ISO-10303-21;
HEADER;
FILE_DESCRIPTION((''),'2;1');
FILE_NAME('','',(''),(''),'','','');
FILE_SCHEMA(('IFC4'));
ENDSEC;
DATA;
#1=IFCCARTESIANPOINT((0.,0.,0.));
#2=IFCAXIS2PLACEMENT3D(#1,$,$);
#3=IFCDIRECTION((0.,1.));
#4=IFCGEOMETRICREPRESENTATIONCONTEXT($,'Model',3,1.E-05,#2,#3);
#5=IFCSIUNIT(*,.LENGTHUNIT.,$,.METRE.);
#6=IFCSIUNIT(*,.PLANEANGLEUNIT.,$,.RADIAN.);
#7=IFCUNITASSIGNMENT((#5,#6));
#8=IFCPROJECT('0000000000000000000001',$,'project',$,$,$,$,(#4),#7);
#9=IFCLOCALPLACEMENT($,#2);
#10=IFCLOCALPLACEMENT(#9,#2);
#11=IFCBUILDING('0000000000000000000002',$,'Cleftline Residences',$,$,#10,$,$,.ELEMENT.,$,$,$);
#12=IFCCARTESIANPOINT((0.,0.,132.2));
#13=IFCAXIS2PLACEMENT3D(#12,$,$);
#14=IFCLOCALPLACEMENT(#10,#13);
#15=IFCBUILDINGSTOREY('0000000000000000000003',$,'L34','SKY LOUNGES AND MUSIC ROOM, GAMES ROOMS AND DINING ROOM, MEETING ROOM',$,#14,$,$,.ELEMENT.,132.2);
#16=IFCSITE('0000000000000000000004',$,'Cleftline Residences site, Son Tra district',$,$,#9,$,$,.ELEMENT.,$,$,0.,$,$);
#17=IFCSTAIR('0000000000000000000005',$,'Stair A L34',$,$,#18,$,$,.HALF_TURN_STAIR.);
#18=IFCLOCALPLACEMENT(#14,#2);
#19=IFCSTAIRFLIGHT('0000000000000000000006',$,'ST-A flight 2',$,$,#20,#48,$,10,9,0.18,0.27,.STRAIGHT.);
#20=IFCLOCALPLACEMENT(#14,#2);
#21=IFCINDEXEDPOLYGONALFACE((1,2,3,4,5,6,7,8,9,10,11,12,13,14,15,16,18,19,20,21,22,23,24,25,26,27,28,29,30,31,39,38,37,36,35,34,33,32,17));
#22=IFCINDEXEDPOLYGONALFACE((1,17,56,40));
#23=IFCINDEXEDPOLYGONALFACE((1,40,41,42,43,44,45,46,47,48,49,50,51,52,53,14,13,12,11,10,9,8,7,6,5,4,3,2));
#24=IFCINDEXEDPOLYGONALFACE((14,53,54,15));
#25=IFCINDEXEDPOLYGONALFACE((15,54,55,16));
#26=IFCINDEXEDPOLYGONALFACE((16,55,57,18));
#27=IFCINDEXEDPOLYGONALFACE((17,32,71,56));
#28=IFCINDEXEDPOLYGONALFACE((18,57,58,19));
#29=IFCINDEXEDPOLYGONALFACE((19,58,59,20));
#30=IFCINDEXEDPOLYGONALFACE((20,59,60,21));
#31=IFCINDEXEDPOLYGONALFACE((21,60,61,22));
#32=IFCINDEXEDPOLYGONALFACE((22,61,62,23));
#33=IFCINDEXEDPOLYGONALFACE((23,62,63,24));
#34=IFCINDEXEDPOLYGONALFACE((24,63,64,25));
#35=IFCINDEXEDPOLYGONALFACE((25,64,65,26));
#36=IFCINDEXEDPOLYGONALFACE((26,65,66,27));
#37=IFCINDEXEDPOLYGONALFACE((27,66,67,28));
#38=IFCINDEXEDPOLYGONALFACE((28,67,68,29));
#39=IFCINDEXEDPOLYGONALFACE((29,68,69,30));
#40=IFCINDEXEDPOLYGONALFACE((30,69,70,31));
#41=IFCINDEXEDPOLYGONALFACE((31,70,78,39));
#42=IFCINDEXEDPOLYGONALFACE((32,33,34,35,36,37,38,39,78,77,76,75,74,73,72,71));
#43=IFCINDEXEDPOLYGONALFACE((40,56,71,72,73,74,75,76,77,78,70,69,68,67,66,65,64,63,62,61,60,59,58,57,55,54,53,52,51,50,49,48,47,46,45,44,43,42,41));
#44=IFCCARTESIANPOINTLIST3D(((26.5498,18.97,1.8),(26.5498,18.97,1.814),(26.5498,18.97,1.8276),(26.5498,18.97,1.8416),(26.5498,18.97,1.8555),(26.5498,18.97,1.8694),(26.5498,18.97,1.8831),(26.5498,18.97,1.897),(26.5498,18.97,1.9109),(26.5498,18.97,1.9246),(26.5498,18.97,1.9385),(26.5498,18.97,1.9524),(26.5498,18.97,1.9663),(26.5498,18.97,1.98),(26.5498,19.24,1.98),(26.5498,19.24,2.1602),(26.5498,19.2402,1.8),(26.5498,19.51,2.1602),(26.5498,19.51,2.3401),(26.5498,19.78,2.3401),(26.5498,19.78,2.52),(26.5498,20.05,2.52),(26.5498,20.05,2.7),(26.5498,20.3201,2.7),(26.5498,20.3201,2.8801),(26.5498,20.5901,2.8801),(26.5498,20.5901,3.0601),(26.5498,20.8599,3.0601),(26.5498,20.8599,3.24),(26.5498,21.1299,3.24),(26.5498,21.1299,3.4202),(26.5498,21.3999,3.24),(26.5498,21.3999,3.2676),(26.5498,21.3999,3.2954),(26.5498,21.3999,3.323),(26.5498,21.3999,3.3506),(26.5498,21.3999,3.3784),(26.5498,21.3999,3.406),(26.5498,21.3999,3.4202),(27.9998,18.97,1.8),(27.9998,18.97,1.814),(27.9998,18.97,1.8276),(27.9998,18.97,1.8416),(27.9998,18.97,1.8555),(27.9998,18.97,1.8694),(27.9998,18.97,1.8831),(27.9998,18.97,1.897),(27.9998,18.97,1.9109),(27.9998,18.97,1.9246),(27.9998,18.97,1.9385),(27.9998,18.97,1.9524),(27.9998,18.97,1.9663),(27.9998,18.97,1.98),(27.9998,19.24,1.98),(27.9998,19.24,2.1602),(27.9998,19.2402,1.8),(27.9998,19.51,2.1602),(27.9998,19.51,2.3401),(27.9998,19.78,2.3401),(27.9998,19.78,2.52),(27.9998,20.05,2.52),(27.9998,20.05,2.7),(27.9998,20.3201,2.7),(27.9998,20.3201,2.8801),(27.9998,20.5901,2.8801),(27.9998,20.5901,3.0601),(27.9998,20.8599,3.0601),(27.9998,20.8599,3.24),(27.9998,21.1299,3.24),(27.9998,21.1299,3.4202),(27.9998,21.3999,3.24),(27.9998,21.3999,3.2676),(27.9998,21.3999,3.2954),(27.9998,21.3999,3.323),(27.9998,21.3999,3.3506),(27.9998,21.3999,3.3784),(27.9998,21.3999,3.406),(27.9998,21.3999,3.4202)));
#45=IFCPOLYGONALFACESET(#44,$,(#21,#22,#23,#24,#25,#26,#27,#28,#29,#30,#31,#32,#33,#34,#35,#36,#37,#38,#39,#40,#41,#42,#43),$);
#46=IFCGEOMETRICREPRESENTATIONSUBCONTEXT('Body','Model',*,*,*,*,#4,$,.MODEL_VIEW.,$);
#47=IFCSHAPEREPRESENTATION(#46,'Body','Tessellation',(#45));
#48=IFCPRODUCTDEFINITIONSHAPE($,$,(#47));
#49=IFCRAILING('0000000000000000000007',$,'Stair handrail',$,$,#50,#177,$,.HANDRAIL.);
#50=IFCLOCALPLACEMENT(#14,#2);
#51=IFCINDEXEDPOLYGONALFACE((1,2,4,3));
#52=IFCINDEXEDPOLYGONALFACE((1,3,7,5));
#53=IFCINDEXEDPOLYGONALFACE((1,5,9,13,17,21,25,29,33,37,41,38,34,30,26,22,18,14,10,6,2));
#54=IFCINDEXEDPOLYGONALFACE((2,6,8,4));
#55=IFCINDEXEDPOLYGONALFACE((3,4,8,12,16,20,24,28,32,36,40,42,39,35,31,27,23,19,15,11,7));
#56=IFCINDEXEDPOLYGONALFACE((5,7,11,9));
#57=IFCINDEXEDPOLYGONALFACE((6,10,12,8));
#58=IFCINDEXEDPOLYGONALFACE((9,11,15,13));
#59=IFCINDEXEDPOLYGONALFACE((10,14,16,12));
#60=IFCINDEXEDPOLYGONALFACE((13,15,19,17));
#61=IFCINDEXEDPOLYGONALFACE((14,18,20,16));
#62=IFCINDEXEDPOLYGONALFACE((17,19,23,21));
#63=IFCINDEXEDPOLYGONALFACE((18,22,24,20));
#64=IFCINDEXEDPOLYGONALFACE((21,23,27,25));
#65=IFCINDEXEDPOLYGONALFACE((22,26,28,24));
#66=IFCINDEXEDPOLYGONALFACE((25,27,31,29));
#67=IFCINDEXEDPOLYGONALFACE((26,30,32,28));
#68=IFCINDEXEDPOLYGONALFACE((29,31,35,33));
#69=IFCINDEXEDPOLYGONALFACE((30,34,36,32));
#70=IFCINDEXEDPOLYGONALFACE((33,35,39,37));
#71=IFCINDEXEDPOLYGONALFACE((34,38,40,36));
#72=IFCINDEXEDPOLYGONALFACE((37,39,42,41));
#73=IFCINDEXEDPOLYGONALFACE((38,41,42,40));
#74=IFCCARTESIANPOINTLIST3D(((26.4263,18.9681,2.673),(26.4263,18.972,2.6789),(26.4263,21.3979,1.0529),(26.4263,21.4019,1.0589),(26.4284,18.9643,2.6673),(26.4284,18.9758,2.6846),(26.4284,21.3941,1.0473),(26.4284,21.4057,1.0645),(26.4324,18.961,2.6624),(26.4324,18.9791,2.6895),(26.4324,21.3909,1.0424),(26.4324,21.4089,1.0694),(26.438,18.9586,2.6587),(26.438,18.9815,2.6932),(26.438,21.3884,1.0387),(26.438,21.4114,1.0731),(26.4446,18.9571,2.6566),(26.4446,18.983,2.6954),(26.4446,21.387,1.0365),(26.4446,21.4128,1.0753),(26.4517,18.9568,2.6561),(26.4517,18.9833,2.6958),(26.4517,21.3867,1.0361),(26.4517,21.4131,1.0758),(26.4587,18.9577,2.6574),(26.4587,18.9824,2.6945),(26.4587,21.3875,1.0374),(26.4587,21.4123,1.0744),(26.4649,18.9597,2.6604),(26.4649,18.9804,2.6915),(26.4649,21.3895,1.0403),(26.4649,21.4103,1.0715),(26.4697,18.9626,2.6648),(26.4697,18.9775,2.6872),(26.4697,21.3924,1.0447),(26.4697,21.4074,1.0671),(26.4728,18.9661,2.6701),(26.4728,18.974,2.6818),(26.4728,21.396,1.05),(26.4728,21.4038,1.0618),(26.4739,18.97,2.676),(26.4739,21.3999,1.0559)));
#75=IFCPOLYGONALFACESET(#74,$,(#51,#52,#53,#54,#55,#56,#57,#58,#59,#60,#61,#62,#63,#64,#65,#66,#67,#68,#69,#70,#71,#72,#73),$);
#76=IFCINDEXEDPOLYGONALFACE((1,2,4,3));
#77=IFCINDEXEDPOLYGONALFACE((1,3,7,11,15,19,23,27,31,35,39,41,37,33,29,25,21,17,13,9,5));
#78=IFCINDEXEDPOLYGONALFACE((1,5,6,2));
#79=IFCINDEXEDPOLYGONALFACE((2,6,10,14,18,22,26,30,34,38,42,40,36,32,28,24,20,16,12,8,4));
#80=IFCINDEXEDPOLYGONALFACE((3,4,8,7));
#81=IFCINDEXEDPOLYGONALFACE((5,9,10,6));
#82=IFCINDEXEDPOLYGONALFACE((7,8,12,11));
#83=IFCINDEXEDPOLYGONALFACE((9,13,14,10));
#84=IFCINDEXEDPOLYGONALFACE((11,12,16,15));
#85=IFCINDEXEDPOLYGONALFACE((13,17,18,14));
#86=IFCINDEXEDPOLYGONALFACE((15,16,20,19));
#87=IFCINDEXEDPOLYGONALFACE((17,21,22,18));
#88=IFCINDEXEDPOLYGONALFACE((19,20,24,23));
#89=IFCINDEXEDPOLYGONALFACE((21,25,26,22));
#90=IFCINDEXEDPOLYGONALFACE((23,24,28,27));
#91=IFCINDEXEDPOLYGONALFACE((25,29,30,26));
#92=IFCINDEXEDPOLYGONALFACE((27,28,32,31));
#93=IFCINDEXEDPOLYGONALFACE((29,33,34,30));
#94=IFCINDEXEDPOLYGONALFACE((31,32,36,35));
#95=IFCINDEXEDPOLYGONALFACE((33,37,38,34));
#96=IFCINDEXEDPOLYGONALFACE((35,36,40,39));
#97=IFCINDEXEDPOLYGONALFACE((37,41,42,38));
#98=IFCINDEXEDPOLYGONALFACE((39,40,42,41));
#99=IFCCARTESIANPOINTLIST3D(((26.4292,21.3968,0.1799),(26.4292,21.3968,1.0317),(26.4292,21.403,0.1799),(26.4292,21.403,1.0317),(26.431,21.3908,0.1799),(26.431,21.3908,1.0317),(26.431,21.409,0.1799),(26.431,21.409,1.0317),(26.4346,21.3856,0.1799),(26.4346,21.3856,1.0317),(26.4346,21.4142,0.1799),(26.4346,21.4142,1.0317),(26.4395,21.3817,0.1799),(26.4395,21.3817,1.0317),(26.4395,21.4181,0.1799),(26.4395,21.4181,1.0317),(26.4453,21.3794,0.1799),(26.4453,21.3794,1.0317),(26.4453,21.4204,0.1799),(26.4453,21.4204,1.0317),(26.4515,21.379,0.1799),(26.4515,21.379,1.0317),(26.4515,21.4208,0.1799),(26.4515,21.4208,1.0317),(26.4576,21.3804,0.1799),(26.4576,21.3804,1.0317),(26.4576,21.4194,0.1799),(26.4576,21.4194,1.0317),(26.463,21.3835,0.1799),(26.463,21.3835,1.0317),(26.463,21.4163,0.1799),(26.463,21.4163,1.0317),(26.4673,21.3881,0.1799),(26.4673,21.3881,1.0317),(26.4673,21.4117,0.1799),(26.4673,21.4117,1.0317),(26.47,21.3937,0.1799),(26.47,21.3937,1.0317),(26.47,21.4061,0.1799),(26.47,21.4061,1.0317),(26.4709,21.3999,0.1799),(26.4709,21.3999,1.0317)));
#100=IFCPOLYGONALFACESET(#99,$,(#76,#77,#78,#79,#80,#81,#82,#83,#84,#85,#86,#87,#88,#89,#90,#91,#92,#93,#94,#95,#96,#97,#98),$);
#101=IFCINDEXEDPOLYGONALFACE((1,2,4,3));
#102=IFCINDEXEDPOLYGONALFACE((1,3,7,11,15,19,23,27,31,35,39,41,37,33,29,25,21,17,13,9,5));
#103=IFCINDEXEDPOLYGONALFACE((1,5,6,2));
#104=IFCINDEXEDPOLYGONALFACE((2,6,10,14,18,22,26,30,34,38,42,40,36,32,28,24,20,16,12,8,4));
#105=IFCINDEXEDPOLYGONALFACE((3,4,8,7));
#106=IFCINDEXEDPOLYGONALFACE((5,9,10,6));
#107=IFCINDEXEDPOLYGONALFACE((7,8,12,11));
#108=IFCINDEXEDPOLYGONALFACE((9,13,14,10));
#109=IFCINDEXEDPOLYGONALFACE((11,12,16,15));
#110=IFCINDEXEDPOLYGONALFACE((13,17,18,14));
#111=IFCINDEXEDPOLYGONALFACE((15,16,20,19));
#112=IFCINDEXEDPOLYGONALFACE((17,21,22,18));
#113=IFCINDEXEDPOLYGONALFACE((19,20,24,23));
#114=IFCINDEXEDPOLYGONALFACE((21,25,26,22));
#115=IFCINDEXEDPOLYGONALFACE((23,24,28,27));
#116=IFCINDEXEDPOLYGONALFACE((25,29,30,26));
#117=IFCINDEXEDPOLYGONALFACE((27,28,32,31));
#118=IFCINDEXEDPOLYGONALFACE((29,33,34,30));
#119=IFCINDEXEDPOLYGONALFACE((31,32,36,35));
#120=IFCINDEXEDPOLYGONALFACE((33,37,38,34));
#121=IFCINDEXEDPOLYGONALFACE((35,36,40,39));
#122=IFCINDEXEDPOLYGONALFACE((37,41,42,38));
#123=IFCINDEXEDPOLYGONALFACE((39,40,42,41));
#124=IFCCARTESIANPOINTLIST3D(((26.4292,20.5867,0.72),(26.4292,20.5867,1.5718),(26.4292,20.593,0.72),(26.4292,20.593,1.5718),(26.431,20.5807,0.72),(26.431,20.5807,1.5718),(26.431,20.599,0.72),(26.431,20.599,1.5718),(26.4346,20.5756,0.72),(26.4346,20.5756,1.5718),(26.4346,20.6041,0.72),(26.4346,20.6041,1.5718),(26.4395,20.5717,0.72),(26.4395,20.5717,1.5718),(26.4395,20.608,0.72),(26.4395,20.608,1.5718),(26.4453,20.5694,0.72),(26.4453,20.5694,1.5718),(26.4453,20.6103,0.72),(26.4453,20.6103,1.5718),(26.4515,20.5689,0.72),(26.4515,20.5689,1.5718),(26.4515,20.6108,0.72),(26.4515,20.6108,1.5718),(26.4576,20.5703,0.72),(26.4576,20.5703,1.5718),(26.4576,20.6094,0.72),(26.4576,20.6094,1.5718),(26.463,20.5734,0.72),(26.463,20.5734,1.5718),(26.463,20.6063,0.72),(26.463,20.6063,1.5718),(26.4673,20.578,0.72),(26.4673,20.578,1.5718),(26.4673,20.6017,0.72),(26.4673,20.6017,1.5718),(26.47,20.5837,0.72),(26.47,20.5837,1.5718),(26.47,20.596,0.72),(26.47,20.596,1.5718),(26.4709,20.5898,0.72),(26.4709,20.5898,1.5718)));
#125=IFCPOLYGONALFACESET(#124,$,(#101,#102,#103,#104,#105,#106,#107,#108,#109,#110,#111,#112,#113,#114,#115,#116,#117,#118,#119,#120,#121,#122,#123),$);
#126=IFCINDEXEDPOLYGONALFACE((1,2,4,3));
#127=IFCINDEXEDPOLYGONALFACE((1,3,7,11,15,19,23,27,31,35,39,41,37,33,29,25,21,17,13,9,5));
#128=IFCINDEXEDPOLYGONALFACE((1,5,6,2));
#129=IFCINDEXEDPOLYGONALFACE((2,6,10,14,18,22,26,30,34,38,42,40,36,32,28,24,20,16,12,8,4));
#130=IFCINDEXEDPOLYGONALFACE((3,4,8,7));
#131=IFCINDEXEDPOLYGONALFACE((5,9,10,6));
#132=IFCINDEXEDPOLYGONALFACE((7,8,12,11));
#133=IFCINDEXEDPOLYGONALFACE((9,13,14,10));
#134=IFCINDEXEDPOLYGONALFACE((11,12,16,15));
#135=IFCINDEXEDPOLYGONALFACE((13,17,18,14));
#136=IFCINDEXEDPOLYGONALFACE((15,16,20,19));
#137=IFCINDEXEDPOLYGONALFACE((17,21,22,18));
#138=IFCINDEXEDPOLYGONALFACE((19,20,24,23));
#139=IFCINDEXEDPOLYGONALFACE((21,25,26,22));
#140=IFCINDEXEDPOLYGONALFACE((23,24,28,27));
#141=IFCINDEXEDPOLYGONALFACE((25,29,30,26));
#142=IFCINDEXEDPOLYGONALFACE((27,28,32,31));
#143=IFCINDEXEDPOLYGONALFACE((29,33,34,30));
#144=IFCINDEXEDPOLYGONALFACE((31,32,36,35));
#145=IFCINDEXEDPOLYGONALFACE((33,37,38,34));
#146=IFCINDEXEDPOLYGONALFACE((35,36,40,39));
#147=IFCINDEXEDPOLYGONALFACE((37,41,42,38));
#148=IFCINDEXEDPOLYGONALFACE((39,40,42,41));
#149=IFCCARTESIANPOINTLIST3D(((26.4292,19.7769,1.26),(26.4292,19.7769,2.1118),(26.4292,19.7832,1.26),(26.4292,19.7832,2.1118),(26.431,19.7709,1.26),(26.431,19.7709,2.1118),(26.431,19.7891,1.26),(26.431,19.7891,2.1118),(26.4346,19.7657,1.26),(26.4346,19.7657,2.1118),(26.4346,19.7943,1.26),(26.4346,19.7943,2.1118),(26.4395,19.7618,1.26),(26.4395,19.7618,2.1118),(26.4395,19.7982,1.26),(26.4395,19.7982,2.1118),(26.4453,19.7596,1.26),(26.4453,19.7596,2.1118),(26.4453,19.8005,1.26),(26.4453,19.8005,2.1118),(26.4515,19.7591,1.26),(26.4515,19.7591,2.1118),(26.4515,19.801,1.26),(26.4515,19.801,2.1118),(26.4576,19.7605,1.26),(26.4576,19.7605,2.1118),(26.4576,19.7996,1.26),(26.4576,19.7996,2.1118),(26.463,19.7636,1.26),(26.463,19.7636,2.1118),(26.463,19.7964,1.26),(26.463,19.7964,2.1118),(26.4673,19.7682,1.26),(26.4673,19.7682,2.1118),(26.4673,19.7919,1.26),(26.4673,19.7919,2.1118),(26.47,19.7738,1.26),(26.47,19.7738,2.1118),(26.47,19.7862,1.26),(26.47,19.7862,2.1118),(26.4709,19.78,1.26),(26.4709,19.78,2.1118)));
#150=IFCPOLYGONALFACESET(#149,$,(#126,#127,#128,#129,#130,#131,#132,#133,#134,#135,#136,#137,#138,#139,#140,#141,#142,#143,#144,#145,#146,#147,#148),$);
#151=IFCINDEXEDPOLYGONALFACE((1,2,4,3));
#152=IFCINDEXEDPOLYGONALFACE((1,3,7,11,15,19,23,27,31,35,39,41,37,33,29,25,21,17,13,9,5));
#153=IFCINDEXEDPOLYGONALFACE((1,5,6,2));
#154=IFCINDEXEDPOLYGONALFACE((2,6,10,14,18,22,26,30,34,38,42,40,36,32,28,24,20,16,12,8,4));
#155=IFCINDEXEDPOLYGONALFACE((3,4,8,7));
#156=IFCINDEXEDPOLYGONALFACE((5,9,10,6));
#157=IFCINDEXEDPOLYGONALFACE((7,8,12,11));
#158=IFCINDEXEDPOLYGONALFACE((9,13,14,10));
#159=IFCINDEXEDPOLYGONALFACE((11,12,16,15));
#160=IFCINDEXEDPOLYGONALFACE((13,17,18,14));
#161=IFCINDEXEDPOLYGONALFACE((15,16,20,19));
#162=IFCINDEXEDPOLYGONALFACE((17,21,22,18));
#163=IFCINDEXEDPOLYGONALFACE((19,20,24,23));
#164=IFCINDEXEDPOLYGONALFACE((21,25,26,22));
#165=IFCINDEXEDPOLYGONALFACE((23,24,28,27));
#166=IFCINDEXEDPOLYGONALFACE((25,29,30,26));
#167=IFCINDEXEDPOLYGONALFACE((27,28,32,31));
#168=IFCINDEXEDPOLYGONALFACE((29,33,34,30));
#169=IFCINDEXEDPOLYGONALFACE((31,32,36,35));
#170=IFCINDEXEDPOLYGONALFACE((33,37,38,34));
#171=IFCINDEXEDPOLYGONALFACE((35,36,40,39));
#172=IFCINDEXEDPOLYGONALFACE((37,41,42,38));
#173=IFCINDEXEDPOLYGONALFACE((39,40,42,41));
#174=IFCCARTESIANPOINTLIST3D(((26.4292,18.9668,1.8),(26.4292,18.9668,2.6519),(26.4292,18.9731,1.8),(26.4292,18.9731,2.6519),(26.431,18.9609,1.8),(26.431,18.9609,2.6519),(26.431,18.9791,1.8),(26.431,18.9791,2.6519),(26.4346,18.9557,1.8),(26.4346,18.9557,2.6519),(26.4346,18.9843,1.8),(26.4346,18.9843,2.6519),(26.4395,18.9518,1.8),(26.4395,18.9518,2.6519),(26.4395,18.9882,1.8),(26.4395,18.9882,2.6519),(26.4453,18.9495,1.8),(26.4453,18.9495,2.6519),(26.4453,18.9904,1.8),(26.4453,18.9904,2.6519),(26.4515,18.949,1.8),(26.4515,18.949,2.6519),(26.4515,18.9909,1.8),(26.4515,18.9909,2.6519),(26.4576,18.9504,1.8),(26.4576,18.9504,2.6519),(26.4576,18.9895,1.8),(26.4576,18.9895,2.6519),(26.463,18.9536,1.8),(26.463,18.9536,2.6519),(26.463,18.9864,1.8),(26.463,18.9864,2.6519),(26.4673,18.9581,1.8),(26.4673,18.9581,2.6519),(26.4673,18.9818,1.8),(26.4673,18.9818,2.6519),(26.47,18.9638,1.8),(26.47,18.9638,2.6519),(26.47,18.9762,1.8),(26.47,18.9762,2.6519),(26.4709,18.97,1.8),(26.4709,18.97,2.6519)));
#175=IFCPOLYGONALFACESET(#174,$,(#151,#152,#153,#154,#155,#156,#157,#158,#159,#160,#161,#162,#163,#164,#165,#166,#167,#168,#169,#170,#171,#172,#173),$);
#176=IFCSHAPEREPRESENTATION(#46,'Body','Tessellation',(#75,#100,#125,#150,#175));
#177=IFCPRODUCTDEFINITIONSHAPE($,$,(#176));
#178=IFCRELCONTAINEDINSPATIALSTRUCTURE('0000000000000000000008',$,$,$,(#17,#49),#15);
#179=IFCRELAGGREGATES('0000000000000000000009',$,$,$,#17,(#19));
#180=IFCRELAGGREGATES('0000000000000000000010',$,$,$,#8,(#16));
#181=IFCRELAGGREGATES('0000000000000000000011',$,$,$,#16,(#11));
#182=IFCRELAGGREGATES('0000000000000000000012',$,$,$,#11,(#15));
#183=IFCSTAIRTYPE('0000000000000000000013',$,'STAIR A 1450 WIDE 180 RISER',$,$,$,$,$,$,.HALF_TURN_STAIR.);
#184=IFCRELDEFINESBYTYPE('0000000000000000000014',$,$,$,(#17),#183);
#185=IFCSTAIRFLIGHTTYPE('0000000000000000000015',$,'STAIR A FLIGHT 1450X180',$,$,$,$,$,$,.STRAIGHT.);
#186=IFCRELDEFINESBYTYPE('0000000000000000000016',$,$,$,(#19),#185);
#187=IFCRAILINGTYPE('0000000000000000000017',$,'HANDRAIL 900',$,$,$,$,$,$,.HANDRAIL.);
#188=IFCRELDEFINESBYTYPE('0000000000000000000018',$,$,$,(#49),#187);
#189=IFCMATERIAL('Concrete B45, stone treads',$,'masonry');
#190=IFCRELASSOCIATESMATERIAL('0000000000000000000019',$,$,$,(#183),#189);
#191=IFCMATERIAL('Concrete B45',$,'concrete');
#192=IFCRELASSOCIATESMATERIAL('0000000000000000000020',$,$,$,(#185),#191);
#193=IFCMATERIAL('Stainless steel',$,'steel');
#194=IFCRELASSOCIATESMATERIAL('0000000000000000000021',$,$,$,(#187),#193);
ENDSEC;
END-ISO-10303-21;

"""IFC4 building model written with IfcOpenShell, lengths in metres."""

from ifc_helpers import new_model, si_unit, direction, frame, origin, origin_2d, place, context, subcontext, project, spatial, polyline, circle, outline, extrude, material, type_object, element, aggregate, save


model = new_model("IFC4")

# Units and contexts
model_context = context("Model", 3, precision=1e-05, world=origin(), true_north=direction((0.0, 1.0)))
body_context = subcontext(model_context, "Body", "Model", "MODEL_VIEW")
ifc_project = project(units=[si_unit("LENGTHUNIT", "METRE"), si_unit("PLANEANGLEUNIT", "RADIAN")], contexts=[model_context])

# Site, building, storey
site_placement = place(None, origin())
site = spatial("IfcSite", under=ifc_project, at=site_placement, Name="Cleftline Residences site, Son Tra district", CompositionType="ELEMENT", RefElevation=0.0)
building_placement = place(site_placement, origin())
building = spatial("IfcBuilding", under=site, at=building_placement, Name="Cleftline Residences", CompositionType="ELEMENT")
storey_placement = place(building_placement, frame((0.0, 0.0, 132.2)))
storey = spatial("IfcBuildingStorey", under=building, at=storey_placement, Name="L34", Description="SKY LOUNGES AND MUSIC ROOM, GAMES ROOMS AND DINING ROOM, MEETING ROOM", CompositionType="ELEMENT", Elevation=132.2)

# Stair, stair flight
ifc_material_1 = material(Name="Concrete B45, stone treads", Category="masonry")
stair_type = type_object("IfcStairType", Name="STAIR A 1450 WIDE 180 RISER", PredefinedType="HALF_TURN_STAIR", material=ifc_material_1)
stair_placement = place(storey_placement, origin())
stair = element("IfcStair", 1, at=stair_placement, inside=storey, type_object=stair_type, Name="Stair A L34", PredefinedType="HALF_TURN_STAIR")
ifc_material_2 = material(Name="Concrete B45", Category="concrete")
stair_flight_type = type_object("IfcStairFlightType", Name="STAIR A FLIGHT 1450X180", PredefinedType="STRAIGHT", material=ifc_material_2)
stair_flight_1_placement = place(storey_placement, frame((27.2749, 18.97, 1.8), z_axis=(0.0, 0.0, 1.0), x_axis=(0.0, 1.0, 0.0)))
stair_flight_1 = element("IfcStairFlight", 2, at=stair_flight_1_placement, type_object=stair_flight_type, Name="ST-A flight 2", NumberOfRisers=10, NumberOfTreads=9, PredefinedType="STRAIGHT", RiserHeight=0.18, TreadLength=0.27, context=body_context, shape_type="SweptSolid", body=[
    extrude(outline(polyline([(0.0, 0.0), (0.0, 0.0139), (0.0, 0.0276), (0.0, 0.0415), (0.0, 0.0554), (0.0, 0.0693), (0.0, 0.083), (0.0, 0.0969), (0.0, 0.1108), (0.0, 0.1245), (0.0, 0.1384), (0.0, 0.1523), (0.0, 0.1663), (0.0, 0.1799), (0.27, 0.1799), (0.27, 0.3601), (0.54, 0.3601), (0.54, 0.54), (0.8101, 0.54), (0.8101, 0.72), (1.0801, 0.72), (1.0801, 0.8999), (1.3501, 0.8999), (1.3501, 1.0801), (1.6201, 1.0801), (1.6201, 1.26), (1.8899, 1.26), (1.8899, 1.4399), (2.1599, 1.4399), (2.1599, 1.6201), (2.4299, 1.6201), (2.4299, 1.8), (2.4299, 1.7722), (2.4299, 1.7446), (2.4299, 1.7168), (2.4299, 1.6892), (2.4299, 1.6614), (2.4299, 1.6338), (2.4299, 1.606), (2.4299, 1.5784), (2.4299, 1.5505), (2.4299, 1.5229), (2.4299, 1.4954), (2.4299, 1.4675), (2.4299, 1.4399), (0.2703, 0.0), (0.0, 0.0)])), frame((0.0, 0.7251, 0.0), z_axis=(0.0, -1.0, 0.0), x_axis=(1.0, 0.0, 0.0)), (0.0, 0.0, 1.0), 1.45),
])
aggregate(stair, [stair_flight_1])

# Railing
ifc_material_3 = material(Name="Stainless steel", Category="steel")
railing_type = type_object("IfcRailingType", Name="HANDRAIL 900", PredefinedType="HANDRAIL", material=ifc_material_3)
railing_1_placement = place(storey_placement, frame((26.45, 21.3999, 0.1799)))
element("IfcRailing", 3, at=railing_1_placement, inside=storey, type_object=railing_type, Name="Stair handrail", PredefinedType="HANDRAIL", context=body_context, shape_type="SweptSolid", body=[
    extrude(circle(Radius=0.0239, at=origin_2d()), frame((0.0, 0.0, 0.876), z_axis=(0.0, -0.832025, 0.554739), x_axis=(1.0, 0.0, 0.0)), (0.0, 0.0, 1.0), 2.9204),
    extrude(circle(Radius=0.021, at=origin_2d()), origin(), (0.0, 0.0, 1.0), 0.8518),
    extrude(circle(Radius=0.021, at=origin_2d()), frame((0.0, -0.8101, 0.54)), (0.0, 0.0, 1.0), 0.8518),
    extrude(circle(Radius=0.021, at=origin_2d()), frame((0.0, -1.6199, 1.0801)), (0.0, 0.0, 1.0), 0.8518),
    extrude(circle(Radius=0.021, at=origin_2d()), frame((0.0, -2.4299, 1.6201)), (0.0, 0.0, 1.0), 0.8518),
])

save(model, "model.ifc")
